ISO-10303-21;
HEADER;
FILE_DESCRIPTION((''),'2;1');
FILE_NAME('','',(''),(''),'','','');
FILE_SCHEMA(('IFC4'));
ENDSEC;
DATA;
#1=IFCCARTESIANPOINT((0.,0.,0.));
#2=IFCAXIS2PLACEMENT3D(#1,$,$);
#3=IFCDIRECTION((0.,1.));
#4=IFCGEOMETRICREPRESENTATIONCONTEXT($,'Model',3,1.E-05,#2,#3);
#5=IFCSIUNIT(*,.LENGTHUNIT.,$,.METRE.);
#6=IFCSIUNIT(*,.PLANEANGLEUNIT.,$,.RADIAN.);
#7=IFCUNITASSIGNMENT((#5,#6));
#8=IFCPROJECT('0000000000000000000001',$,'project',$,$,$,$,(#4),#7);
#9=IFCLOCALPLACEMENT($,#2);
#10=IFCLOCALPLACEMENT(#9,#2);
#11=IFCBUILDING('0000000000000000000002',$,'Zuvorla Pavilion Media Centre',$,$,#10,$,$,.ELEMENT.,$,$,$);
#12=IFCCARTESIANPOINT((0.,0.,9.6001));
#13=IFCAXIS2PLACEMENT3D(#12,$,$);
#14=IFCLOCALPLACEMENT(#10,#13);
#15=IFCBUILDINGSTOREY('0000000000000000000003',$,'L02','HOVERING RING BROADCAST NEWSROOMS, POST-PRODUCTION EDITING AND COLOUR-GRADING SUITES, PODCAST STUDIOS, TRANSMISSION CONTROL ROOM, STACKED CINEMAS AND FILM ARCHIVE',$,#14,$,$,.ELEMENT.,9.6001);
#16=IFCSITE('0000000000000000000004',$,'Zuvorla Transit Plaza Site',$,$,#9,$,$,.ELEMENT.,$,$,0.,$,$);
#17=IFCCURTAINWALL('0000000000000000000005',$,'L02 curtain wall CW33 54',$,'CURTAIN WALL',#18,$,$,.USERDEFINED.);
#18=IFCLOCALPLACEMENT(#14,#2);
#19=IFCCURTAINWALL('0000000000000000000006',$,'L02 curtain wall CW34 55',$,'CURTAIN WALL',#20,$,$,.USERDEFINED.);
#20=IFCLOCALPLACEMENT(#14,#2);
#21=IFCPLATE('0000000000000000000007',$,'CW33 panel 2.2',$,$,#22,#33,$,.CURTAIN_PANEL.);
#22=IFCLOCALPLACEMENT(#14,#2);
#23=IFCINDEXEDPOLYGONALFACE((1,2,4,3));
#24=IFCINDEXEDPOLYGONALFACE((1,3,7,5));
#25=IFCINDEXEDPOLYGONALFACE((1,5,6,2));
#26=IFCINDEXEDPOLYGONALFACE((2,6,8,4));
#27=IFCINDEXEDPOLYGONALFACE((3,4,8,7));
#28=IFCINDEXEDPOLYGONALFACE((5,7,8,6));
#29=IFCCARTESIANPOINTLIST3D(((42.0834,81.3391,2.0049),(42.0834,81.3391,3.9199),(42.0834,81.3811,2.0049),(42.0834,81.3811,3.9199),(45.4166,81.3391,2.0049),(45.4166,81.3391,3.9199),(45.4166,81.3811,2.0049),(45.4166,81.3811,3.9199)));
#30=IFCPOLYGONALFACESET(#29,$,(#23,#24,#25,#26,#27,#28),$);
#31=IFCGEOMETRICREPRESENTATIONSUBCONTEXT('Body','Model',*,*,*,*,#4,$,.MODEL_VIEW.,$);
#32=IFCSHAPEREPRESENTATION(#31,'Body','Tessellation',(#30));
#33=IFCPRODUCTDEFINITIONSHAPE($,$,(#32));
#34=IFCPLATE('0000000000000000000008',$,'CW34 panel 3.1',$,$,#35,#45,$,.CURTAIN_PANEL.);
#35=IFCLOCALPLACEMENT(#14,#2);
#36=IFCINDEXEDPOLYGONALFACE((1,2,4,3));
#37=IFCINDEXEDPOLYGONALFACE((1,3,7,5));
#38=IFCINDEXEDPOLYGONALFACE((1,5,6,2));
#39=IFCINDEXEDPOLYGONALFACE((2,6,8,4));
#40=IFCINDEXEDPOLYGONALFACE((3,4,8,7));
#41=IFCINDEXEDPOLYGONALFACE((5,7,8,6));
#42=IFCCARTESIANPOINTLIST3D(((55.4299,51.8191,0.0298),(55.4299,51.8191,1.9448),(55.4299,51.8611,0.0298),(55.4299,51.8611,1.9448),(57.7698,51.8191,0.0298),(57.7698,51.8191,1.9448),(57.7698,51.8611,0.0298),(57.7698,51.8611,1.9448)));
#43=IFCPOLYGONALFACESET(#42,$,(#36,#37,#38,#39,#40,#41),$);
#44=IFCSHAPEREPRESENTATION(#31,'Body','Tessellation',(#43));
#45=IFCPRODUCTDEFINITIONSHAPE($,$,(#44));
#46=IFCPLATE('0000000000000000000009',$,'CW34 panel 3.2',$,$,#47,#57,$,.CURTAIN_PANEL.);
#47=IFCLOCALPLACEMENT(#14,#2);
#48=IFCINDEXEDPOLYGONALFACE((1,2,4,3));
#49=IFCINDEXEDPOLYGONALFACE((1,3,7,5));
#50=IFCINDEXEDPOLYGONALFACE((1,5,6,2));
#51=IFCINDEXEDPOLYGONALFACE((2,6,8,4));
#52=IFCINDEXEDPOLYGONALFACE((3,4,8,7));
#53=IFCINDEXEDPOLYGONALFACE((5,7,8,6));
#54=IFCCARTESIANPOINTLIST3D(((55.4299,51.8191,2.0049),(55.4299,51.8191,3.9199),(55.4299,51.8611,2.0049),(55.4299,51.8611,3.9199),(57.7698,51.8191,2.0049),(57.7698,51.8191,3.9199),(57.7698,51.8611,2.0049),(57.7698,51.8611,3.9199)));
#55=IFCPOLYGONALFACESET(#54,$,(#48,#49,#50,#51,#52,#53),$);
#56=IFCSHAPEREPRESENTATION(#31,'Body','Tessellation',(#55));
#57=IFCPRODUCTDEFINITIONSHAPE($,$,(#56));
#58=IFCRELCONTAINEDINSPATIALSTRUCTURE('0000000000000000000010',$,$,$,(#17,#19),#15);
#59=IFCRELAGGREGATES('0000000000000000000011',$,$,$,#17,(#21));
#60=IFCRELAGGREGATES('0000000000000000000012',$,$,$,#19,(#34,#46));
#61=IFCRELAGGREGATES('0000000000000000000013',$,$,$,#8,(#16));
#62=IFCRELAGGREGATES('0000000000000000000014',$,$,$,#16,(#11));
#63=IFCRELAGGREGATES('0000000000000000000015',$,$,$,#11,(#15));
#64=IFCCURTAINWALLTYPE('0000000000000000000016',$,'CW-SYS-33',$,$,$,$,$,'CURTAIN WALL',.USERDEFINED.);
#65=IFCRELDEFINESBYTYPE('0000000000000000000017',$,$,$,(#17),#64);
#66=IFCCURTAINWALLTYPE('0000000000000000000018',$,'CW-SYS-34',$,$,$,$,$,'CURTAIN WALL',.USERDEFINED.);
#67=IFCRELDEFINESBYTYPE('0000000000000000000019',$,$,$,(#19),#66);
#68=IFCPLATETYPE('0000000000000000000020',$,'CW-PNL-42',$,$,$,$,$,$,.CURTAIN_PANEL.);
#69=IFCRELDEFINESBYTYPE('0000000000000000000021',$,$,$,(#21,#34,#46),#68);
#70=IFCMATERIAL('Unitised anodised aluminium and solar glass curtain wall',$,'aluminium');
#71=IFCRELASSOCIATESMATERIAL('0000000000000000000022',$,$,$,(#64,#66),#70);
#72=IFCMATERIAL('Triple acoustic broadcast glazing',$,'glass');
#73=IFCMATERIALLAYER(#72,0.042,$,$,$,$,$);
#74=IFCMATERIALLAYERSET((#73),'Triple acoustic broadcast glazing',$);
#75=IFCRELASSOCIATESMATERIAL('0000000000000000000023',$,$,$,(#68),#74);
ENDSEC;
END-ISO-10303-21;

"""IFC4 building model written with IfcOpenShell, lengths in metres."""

from ifc_helpers import new_model, si_unit, direction, frame, origin, origin_2d, place, context, subcontext, project, spatial, rectangle, extrude, material, layer, layer_set, type_object, element, aggregate, save


model = new_model("IFC4")

# Units and contexts
model_context = context("Model", 3, precision=1e-05, world=origin(), true_north=direction((0.0, 1.0)))
body_context = subcontext(model_context, "Body", "Model", "MODEL_VIEW")
ifc_project = project(units=[si_unit("LENGTHUNIT", "METRE"), si_unit("PLANEANGLEUNIT", "RADIAN")], contexts=[model_context])

# Site, building, storey
site_placement = place(None, origin())
site = spatial("IfcSite", under=ifc_project, at=site_placement, Name="Zuvorla Transit Plaza Site", CompositionType="ELEMENT", RefElevation=0.0)
building_placement = place(site_placement, origin())
building = spatial("IfcBuilding", under=site, at=building_placement, Name="Zuvorla Pavilion Media Centre", CompositionType="ELEMENT")
storey_placement = place(building_placement, frame((0.0, 0.0, 9.6001)))
storey = spatial("IfcBuildingStorey", under=building, at=storey_placement, Name="L02", Description="HOVERING RING BROADCAST NEWSROOMS, POST-PRODUCTION EDITING AND COLOUR-GRADING SUITES, PODCAST STUDIOS, TRANSMISSION CONTROL ROOM, STACKED CINEMAS AND FILM ARCHIVE", CompositionType="ELEMENT", Elevation=9.6001)

# Shared definitions
ifc_material_1 = material(Name="Unitised anodised aluminium and solar glass curtain wall", Category="aluminium")

# Curtain wall
curtain_wall_type_1 = type_object("IfcCurtainWallType", Name="CW-SYS-33", ElementType="CURTAIN WALL", PredefinedType="USERDEFINED", material=ifc_material_1)
curtain_wall_1_placement = place(storey_placement, origin())
curtain_wall_1 = element("IfcCurtainWall", 1, at=curtain_wall_1_placement, inside=storey, type_object=curtain_wall_type_1, Name="L02 curtain wall CW33 54", ObjectType="CURTAIN WALL", PredefinedType="USERDEFINED")

# Curtain wall
curtain_wall_type_2 = type_object("IfcCurtainWallType", Name="CW-SYS-34", ElementType="CURTAIN WALL", PredefinedType="USERDEFINED", material=ifc_material_1)
curtain_wall_2_placement = place(storey_placement, origin())
curtain_wall_2 = element("IfcCurtainWall", 2, at=curtain_wall_2_placement, inside=storey, type_object=curtain_wall_type_2, Name="L02 curtain wall CW34 55", ObjectType="CURTAIN WALL", PredefinedType="USERDEFINED")

# Plates
ifc_material_2 = material(Name="Triple acoustic broadcast glazing", Category="glass")
ifc_layer_1 = layer(ifc_material_2, 0.042)
ifc_layer_set_1 = layer_set([ifc_layer_1], Name="Triple acoustic broadcast glazing")
plate_type_1 = type_object("IfcPlateType", Name="CW-PNL-42", PredefinedType="CURTAIN_PANEL", material=ifc_layer_set_1)
plate_1_placement = place(storey_placement, frame((43.75, 81.3601, 2.0049), z_axis=(0.0, 0.0, 1.0), x_axis=(-1.0, 0.0, 0.0)))
plate_1 = element("IfcPlate", 3, at=plate_1_placement, type_object=plate_type_1, Name="CW33 panel 2.2", PredefinedType="CURTAIN_PANEL", context=body_context, shape_type="SweptSolid", body=[
    extrude(rectangle(XDim=3.3333, YDim=0.042, at=origin_2d()), origin(), (0.0, 0.0, 1.0), 1.915),
])
aggregate(curtain_wall_1, [plate_1])
plate_2_placement = place(storey_placement, frame((56.5999, 51.8401, 0.0298), z_axis=(0.0, 0.0, 1.0), x_axis=(1.0, 0.0, 0.0)))
plate_2 = element("IfcPlate", 4, at=plate_2_placement, type_object=plate_type_1, Name="CW34 panel 3.1", PredefinedType="CURTAIN_PANEL", context=body_context, shape_type="SweptSolid", body=[
    extrude(rectangle(XDim=2.3398, YDim=0.042, at=origin_2d()), origin(), (0.0, 0.0, 1.0), 1.915),
])
plate_3_placement = place(storey_placement, frame((56.5999, 51.8401, 2.0049), z_axis=(0.0, 0.0, 1.0), x_axis=(1.0, 0.0, 0.0)))
plate_3 = element("IfcPlate", 5, at=plate_3_placement, type_object=plate_type_1, Name="CW34 panel 3.2", PredefinedType="CURTAIN_PANEL", context=body_context, shape_type="SweptSolid", body=[
    extrude(rectangle(XDim=2.3398, YDim=0.042, at=origin_2d()), origin(), (0.0, 0.0, 1.0), 1.915),
])
aggregate(curtain_wall_2, [plate_2, plate_3])

save(model, "model.ifc")
